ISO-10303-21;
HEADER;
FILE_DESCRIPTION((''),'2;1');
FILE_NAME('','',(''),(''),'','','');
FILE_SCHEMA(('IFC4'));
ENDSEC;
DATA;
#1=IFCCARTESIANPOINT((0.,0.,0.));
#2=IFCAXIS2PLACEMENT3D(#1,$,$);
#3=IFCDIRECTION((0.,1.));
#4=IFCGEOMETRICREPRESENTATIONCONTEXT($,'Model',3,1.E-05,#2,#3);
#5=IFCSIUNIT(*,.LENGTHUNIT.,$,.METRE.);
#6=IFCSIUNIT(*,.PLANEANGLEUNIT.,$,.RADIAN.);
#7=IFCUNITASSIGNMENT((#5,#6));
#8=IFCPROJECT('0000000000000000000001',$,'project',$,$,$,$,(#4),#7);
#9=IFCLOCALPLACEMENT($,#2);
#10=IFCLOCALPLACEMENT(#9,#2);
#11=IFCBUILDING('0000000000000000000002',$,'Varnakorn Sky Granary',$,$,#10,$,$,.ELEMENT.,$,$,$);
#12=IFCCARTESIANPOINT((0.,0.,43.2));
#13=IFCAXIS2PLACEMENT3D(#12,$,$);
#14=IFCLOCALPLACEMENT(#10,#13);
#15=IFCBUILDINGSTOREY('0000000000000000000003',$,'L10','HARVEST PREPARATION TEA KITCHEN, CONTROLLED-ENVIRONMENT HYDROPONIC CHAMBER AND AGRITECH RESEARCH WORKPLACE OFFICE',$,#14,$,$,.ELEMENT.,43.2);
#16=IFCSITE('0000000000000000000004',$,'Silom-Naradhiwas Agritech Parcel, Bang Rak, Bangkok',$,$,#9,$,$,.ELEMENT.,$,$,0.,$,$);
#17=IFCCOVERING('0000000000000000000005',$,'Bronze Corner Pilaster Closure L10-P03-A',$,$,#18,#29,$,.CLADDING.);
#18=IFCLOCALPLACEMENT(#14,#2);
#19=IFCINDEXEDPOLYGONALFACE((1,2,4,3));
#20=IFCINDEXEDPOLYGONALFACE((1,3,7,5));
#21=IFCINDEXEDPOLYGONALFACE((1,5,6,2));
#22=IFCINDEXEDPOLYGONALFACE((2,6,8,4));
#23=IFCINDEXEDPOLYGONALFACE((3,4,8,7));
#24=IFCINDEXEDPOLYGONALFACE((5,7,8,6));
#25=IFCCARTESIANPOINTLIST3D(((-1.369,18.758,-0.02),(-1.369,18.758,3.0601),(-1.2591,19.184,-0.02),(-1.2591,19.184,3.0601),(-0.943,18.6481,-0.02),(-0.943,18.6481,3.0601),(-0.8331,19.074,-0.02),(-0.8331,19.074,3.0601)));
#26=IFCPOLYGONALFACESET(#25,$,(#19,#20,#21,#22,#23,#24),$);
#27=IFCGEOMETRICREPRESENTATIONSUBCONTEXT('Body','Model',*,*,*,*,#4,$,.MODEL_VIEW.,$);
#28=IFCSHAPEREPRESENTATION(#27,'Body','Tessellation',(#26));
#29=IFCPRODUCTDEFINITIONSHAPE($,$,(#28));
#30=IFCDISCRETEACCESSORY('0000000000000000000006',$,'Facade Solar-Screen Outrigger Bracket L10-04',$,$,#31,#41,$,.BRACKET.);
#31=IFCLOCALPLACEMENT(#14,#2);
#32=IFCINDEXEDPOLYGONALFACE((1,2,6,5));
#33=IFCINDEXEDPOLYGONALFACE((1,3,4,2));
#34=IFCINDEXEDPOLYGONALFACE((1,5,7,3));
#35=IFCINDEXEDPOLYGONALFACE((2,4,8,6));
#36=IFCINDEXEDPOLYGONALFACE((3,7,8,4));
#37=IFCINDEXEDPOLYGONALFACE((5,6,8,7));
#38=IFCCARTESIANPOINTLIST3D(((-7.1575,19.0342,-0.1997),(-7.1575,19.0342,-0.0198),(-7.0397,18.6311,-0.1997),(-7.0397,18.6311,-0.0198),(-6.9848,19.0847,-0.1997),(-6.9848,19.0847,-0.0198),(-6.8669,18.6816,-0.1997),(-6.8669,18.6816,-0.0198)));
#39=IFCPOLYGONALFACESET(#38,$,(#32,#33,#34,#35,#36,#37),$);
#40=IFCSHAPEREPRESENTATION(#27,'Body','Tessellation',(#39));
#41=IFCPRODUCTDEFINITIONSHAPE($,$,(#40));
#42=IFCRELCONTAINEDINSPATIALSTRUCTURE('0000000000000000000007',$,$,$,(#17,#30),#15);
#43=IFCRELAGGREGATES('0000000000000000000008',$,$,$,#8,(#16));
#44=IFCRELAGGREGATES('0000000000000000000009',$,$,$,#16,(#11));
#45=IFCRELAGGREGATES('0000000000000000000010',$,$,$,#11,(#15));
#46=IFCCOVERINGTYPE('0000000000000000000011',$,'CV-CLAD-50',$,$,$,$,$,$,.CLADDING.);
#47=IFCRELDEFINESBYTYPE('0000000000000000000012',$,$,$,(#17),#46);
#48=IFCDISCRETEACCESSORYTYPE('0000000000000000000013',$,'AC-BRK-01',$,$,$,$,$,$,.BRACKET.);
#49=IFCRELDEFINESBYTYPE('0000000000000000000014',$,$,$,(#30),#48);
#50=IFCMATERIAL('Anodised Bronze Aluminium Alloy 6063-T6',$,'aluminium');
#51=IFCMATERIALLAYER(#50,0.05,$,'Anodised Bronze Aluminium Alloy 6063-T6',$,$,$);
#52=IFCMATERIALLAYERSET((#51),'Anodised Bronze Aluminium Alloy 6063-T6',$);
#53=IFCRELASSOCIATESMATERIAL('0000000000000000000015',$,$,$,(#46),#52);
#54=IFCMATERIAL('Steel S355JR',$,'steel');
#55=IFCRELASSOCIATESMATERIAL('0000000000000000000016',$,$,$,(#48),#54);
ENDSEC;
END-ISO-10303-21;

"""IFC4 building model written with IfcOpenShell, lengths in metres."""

from ifc_helpers import new_model, si_unit, direction, frame, origin, origin_2d, place, context, subcontext, project, spatial, rectangle, extrude, source, transform, mapped, material, layer, layer_set, type_object, type_shapes, element, save


model = new_model("IFC4")

# Units and contexts
model_context = context("Model", 3, precision=1e-05, world=origin(), true_north=direction((0.0, 1.0)))
body_context = subcontext(model_context, "Body", "Model", "MODEL_VIEW")
ifc_project = project(units=[si_unit("LENGTHUNIT", "METRE"), si_unit("PLANEANGLEUNIT", "RADIAN")], contexts=[model_context])

# Site, building, storey
site_placement = place(None, origin())
site = spatial("IfcSite", under=ifc_project, at=site_placement, Name="Silom-Naradhiwas Agritech Parcel, Bang Rak, Bangkok", CompositionType="ELEMENT", RefElevation=0.0)
building_placement = place(site_placement, origin())
building = spatial("IfcBuilding", under=site, at=building_placement, Name="Varnakorn Sky Granary", CompositionType="ELEMENT")
storey_placement = place(building_placement, frame((0.0, 0.0, 43.2)))
storey = spatial("IfcBuildingStorey", under=building, at=storey_placement, Name="L10", Description="HARVEST PREPARATION TEA KITCHEN, CONTROLLED-ENVIRONMENT HYDROPONIC CHAMBER AND AGRITECH RESEARCH WORKPLACE OFFICE", CompositionType="ELEMENT", Elevation=43.2)

# Shared definitions
ifc_material_1 = material(Name="Steel S355JR", Category="steel")

# Shared definitions
ifc_material_2 = material(Name="Anodised Bronze Aluminium Alloy 6063-T6", Category="aluminium")

# Covering
ifc_layer_1 = layer(ifc_material_2, 0.05, Name="Anodised Bronze Aluminium Alloy 6063-T6")
ifc_layer_set_1 = layer_set([ifc_layer_1], Name="Anodised Bronze Aluminium Alloy 6063-T6")
covering_type = type_object("IfcCoveringType", Name="CV-CLAD-50", PredefinedType="CLADDING", material=ifc_layer_set_1)
shared_shape_1 = source(origin(), body_context, "Body", "SweptSolid", [
    extrude(rectangle(XDim=0.4399, YDim=0.4399, at=origin_2d()), origin(), (0.0, 0.0, 1.0), 3.0801),
])
type_shapes(covering_type, [shared_shape_1])
covering_placement = place(storey_placement, frame((-1.1011, 18.916, -0.02), z_axis=(0.0, 0.0, 1.0), x_axis=(0.968279, -0.249873, 0.0)))
element("IfcCovering", 1, at=covering_placement, inside=storey, type_object=covering_type, Name="Bronze Corner Pilaster Closure L10-P03-A", PredefinedType="CLADDING", context=body_context, shape_type="MappedRepresentation", body=[
    mapped(shared_shape_1, transform((0.0, 0.0, 0.0), x_axis=(1.0, 0.0, 0.0), y_axis=(0.0, 1.0, 0.0), z_axis=(0.0, 0.0, 1.0), scale=1.0)),
])

# Discrete accessory
discrete_accessory_type = type_object("IfcDiscreteAccessoryType", Name="AC-BRK-01", PredefinedType="BRACKET", material=ifc_material_1)
shared_shape_2 = source(origin(), body_context, "Body", "SweptSolid", [
    extrude(rectangle(XDim=0.1799, YDim=0.4199, at=origin_2d()), origin(), (0.0, 0.0, 1.0), 0.1799),
])
type_shapes(discrete_accessory_type, [shared_shape_2])
discrete_accessory_placement = place(storey_placement, frame((-7.0122, 18.8579, -0.1997), z_axis=(0.0, 0.0, 1.0), x_axis=(-0.959838, -0.280555, 0.0)))
element("IfcDiscreteAccessory", 2, at=discrete_accessory_placement, inside=storey, type_object=discrete_accessory_type, Name="Facade Solar-Screen Outrigger Bracket L10-04", PredefinedType="BRACKET", context=body_context, shape_type="MappedRepresentation", body=[
    mapped(shared_shape_2, transform((0.0, 0.0, 0.0), x_axis=(1.0, 0.0, 0.0), y_axis=(0.0, 1.0, 0.0), z_axis=(0.0, 0.0, 1.0), scale=1.0)),
])

save(model, "model.ifc")
